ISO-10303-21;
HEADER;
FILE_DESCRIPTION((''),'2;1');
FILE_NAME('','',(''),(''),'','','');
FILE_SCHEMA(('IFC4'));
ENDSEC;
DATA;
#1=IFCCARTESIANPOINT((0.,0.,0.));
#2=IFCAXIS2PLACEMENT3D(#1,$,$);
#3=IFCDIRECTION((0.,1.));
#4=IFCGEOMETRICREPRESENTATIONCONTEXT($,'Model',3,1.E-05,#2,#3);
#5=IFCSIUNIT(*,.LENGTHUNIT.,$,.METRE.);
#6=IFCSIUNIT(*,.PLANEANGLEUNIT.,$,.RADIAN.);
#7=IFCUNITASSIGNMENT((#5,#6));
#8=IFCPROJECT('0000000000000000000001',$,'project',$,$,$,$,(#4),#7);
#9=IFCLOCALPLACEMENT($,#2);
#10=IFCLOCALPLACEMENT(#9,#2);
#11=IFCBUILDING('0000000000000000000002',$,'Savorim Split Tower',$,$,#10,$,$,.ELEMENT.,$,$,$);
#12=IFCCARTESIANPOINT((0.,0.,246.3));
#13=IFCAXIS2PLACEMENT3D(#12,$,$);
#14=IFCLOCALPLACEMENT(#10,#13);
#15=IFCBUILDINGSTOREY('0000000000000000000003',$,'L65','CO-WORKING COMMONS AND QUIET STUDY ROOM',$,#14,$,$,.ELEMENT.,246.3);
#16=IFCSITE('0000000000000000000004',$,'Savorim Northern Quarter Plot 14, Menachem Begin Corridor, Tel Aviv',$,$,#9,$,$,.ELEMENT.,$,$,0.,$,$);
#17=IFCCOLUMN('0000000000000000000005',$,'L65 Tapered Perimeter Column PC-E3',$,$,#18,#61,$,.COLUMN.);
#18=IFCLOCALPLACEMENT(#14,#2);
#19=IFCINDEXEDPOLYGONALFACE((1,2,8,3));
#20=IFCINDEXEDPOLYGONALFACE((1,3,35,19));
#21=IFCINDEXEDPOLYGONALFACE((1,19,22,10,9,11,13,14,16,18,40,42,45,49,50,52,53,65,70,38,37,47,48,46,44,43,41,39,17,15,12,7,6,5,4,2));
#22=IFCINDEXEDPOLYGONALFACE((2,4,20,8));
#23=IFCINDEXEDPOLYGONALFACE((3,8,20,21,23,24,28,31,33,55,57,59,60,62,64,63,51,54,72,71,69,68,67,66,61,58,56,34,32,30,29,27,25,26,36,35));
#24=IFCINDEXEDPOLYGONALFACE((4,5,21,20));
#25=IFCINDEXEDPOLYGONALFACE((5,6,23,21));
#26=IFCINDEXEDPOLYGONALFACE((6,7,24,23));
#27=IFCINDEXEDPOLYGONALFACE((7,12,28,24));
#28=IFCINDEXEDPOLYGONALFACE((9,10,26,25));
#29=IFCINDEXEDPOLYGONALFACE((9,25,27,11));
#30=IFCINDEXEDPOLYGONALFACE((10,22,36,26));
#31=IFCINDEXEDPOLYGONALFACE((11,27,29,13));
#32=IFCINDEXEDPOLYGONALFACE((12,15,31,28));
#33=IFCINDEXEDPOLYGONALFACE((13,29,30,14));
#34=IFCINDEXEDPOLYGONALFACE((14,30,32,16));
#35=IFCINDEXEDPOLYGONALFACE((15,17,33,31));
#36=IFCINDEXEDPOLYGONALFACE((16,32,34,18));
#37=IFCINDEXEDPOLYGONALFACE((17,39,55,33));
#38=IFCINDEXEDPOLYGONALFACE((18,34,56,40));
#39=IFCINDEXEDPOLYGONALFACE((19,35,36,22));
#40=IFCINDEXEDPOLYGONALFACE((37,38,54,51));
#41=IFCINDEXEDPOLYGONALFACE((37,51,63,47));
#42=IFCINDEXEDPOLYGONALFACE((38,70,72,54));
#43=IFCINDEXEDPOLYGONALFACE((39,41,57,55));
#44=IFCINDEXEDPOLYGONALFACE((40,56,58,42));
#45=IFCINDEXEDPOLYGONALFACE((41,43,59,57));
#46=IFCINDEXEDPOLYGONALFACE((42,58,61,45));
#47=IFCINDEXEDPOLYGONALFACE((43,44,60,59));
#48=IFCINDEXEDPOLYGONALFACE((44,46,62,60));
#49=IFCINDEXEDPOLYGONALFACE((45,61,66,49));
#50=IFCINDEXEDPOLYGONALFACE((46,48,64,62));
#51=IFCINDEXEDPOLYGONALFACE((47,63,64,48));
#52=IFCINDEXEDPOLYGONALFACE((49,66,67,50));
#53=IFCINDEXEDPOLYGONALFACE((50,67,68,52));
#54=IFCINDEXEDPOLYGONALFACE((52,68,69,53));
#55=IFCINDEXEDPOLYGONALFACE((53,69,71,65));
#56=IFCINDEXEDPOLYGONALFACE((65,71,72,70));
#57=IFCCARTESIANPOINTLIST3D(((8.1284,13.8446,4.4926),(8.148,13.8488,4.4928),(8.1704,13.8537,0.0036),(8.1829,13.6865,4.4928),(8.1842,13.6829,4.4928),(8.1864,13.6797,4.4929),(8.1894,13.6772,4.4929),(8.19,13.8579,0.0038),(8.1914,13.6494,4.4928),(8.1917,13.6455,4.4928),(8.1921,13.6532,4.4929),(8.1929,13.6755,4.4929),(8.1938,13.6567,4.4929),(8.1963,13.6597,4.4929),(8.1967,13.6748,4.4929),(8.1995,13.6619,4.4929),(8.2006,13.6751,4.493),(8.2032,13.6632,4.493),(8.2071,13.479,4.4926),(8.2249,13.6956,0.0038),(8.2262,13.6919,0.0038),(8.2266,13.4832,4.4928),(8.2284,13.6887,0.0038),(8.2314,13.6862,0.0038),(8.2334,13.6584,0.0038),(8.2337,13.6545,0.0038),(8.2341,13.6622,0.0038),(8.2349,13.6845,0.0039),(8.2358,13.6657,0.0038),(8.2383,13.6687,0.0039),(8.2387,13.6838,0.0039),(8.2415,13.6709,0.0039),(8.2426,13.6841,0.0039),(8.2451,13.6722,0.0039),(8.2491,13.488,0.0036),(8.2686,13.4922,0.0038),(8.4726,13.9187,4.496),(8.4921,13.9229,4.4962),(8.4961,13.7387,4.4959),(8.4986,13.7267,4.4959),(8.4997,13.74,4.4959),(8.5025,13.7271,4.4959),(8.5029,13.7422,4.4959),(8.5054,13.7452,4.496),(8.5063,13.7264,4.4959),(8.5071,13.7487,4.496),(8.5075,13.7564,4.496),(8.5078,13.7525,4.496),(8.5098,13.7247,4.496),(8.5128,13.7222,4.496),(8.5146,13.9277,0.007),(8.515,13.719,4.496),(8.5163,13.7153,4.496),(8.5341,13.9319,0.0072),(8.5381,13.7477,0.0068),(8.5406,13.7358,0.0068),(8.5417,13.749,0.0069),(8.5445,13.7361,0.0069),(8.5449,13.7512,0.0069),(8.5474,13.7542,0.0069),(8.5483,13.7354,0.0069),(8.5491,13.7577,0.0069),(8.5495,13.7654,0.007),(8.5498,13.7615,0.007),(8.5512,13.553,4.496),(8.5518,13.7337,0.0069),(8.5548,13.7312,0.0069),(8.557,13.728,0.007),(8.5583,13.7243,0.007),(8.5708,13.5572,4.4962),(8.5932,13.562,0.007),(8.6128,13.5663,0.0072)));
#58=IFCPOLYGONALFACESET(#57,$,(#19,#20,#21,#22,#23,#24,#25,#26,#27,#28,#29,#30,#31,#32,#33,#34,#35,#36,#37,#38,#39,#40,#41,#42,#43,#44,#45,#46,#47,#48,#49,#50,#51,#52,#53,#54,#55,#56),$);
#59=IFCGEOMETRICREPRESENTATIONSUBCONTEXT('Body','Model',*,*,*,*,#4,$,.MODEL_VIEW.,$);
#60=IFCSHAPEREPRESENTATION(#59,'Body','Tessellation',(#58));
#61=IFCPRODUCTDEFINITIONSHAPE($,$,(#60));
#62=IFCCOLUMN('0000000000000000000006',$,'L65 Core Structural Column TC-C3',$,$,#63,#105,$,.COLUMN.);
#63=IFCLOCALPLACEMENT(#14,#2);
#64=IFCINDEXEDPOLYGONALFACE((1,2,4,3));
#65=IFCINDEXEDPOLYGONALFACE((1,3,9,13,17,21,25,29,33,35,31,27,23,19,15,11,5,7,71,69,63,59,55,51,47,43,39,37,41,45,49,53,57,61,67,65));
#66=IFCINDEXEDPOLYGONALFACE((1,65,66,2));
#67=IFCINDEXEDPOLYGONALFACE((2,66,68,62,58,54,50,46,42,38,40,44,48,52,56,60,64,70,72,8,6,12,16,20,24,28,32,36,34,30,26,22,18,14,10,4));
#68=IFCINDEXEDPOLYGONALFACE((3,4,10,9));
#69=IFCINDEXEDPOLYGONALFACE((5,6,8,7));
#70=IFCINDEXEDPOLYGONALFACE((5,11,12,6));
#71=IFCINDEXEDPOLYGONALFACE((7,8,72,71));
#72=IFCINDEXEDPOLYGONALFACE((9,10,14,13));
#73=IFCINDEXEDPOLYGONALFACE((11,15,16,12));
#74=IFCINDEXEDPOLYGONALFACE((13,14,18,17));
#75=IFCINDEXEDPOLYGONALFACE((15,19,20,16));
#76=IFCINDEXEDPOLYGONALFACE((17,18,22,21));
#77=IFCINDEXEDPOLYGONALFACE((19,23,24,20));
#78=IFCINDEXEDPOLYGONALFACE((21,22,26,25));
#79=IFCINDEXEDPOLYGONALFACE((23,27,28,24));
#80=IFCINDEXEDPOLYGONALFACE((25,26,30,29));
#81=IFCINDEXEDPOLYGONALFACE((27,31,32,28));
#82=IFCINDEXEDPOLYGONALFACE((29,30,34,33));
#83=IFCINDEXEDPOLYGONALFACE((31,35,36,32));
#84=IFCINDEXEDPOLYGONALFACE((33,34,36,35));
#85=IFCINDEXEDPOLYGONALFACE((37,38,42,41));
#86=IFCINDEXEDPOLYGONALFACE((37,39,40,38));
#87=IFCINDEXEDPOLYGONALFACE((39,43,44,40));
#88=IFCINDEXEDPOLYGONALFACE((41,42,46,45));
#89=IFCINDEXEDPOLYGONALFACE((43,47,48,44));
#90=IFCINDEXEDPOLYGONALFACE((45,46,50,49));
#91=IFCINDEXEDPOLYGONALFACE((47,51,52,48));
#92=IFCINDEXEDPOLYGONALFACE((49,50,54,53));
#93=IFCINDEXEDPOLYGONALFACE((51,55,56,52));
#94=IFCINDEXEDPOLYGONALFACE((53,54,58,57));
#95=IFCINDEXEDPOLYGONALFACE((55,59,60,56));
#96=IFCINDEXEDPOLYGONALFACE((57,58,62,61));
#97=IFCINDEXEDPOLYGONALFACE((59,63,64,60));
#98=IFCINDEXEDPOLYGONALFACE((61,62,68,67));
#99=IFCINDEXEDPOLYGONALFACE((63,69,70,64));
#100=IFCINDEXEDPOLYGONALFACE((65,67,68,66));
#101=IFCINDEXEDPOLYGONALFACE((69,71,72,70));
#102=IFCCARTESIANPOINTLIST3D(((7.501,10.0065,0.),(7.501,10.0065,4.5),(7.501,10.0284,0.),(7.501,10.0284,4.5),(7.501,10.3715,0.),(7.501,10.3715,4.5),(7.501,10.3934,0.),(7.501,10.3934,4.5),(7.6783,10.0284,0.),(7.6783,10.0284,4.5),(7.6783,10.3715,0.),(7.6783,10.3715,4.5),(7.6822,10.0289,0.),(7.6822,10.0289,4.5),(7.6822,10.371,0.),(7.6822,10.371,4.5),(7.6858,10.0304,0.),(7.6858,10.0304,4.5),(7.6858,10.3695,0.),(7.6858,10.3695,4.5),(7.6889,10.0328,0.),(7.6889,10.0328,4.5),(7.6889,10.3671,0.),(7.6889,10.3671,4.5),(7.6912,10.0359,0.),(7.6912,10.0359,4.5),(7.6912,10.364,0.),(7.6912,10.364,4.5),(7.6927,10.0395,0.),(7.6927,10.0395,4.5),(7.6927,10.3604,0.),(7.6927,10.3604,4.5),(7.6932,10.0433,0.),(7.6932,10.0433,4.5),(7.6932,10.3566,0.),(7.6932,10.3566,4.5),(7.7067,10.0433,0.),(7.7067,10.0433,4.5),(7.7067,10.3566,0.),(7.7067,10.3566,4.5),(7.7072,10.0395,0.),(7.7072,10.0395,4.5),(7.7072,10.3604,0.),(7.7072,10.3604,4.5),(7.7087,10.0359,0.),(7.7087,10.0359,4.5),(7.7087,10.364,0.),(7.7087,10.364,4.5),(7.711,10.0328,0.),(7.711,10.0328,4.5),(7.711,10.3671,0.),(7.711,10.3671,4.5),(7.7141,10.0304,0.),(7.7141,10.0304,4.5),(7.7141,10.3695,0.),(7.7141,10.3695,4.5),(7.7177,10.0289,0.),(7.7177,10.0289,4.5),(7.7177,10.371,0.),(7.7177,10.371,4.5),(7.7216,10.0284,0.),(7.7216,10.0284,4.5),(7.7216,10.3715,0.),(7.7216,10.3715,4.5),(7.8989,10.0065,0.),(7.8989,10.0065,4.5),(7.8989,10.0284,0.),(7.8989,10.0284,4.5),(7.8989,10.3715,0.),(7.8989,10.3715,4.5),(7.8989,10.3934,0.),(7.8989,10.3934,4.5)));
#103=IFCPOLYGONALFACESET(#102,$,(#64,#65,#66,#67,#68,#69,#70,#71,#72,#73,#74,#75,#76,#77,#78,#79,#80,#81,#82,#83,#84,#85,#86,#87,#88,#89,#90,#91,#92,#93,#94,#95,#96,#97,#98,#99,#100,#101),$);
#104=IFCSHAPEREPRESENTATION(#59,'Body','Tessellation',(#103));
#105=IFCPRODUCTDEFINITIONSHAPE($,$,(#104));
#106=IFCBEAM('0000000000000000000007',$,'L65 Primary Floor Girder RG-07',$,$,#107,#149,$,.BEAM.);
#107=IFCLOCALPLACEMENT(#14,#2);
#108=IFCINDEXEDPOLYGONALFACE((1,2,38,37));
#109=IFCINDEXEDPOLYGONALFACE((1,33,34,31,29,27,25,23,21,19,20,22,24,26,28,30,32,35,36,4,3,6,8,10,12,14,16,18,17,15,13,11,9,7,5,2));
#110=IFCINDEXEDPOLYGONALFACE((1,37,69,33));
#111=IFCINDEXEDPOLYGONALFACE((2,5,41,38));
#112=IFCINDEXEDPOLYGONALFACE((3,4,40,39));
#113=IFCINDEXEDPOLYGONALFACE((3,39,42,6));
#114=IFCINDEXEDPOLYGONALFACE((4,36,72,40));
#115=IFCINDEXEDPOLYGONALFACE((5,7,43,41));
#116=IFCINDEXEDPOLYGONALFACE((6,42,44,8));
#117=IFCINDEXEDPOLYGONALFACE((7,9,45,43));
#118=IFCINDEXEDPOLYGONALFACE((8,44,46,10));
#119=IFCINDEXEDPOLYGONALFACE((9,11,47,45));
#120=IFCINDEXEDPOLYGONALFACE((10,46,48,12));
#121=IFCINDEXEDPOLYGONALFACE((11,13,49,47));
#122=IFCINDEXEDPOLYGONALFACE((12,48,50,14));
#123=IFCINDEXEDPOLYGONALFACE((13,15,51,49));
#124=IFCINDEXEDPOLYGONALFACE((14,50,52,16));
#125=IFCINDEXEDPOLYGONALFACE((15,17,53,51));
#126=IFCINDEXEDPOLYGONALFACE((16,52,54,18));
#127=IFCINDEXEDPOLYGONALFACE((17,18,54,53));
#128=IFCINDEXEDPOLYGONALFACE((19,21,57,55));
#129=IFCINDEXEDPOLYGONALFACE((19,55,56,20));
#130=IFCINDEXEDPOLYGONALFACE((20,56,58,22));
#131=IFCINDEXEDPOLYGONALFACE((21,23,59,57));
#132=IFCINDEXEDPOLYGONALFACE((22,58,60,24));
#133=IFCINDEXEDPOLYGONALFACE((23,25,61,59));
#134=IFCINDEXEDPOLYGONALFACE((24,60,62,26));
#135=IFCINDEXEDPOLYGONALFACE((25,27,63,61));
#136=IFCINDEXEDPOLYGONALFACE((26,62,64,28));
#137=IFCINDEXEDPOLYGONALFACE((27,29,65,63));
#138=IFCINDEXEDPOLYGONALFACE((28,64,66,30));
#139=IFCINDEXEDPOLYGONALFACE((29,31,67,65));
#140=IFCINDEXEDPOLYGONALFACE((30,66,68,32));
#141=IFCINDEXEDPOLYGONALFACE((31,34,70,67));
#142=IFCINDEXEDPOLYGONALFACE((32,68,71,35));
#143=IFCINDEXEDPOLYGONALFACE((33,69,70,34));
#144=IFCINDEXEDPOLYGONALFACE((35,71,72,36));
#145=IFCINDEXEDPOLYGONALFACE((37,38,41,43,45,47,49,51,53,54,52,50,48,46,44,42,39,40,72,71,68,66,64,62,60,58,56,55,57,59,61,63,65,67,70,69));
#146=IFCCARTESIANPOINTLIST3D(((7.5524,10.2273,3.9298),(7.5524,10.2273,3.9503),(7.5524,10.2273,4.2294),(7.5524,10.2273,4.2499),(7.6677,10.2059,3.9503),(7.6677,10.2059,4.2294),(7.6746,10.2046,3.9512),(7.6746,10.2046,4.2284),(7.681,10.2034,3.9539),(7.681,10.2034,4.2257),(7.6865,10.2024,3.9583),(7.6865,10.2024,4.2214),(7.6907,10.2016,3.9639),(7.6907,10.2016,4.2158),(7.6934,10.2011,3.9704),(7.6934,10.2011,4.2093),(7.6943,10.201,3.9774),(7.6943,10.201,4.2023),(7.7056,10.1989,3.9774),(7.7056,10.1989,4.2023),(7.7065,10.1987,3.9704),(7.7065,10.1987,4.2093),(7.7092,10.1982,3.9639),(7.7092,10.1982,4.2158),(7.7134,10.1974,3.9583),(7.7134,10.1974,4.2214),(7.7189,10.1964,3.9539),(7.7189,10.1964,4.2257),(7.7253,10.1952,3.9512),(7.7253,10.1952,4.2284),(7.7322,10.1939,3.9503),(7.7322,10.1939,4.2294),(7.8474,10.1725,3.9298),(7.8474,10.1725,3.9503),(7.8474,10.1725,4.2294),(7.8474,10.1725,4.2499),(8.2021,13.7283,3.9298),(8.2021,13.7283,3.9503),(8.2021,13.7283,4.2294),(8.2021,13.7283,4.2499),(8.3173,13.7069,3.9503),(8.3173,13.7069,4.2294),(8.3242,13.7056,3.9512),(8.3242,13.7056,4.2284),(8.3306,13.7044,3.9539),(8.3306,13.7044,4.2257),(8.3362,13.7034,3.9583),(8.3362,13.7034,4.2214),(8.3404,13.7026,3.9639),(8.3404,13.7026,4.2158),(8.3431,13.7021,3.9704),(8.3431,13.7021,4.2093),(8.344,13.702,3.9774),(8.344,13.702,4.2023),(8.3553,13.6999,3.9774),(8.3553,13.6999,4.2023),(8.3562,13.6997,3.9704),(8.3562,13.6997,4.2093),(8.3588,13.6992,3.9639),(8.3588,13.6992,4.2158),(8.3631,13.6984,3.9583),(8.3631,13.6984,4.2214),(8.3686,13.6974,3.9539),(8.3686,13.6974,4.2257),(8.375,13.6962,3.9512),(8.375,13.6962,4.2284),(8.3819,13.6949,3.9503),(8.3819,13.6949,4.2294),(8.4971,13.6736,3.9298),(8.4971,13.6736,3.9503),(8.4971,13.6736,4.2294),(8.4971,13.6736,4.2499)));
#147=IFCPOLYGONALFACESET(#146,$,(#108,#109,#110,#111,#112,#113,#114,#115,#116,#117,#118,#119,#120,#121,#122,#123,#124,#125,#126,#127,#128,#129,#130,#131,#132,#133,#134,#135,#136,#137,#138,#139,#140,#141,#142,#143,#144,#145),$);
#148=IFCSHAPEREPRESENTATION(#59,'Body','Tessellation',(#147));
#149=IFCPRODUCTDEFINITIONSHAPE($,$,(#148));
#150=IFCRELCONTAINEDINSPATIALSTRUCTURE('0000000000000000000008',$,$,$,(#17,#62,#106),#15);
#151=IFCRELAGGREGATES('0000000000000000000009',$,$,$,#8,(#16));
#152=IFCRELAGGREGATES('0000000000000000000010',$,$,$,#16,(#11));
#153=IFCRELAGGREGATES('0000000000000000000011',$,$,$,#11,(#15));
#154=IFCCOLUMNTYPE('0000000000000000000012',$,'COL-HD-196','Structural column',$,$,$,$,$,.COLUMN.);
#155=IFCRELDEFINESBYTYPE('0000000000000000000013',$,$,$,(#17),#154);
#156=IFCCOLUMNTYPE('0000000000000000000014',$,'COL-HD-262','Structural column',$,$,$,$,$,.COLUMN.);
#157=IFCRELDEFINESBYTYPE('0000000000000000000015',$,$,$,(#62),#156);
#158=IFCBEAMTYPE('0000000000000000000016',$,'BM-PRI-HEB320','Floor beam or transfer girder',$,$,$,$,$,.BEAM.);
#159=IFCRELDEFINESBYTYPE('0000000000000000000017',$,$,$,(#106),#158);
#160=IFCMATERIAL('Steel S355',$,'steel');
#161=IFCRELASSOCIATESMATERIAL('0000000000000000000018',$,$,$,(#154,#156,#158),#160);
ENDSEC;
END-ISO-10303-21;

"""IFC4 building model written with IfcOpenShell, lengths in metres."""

from ifc_helpers import new_model, si_unit, direction, frame, origin, origin_2d, place, context, subcontext, project, spatial, i_section, extrude, material, material_profile, profile_set, type_object, element, save


model = new_model("IFC4")

# Units and contexts
model_context = context("Model", 3, precision=1e-05, world=origin(), true_north=direction((0.0, 1.0)))
body_context = subcontext(model_context, "Body", "Model", "MODEL_VIEW")
ifc_project = project(units=[si_unit("LENGTHUNIT", "METRE"), si_unit("PLANEANGLEUNIT", "RADIAN")], contexts=[model_context])

# Site, building, storey
site_placement = place(None, origin())
site = spatial("IfcSite", under=ifc_project, at=site_placement, Name="Savorim Northern Quarter Plot 14, Menachem Begin Corridor, Tel Aviv", CompositionType="ELEMENT", RefElevation=0.0)
building_placement = place(site_placement, origin())
building = spatial("IfcBuilding", under=site, at=building_placement, Name="Savorim Split Tower", CompositionType="ELEMENT")
storey_placement = place(building_placement, frame((0.0, 0.0, 246.3)))
storey = spatial("IfcBuildingStorey", under=building, at=storey_placement, Name="L65", Description="CO-WORKING COMMONS AND QUIET STUDY ROOM", CompositionType="ELEMENT", Elevation=246.3)

# Columns
ifc_material_1 = material(Name="Steel S355", Category="steel")
ifc_material_profile_1 = material_profile(ifc_material_1, i_section(OverallWidth=0.374, OverallDepth=0.3721, WebThickness=0.0122, FlangeThickness=0.02, FilletRadius=0.0149, at=origin_2d()), Name="HD 360x196")
ifc_profile_set_1 = profile_set([ifc_material_profile_1], Name="Steel S355")
column_type_1 = type_object("IfcColumnType", Name="COL-HD-196", Description="Structural column", PredefinedType="COLUMN", material=ifc_profile_set_1)
column_1_placement = place(storey_placement, frame((8.3916, 13.71, 0.0054), z_axis=(-0.009354, -0.002012, 0.999954), x_axis=(0.210305, -0.977636, 0.0)))
element("IfcColumn", 1, at=column_1_placement, inside=storey, type_object=column_type_1, Name="L65 Tapered Perimeter Column PC-E3", PredefinedType="COLUMN", context=body_context, shape_type="SweptSolid", body=[
    extrude(i_section(OverallWidth=0.374, OverallDepth=0.3721, WebThickness=0.0122, FlangeThickness=0.02, FilletRadius=0.0149, at=origin_2d()), origin(), (0.0, 0.0, 1.0), 4.4893),
])
ifc_material_profile_2 = material_profile(ifc_material_1, i_section(OverallWidth=0.3979, OverallDepth=0.387, WebThickness=0.0134, FlangeThickness=0.022, FilletRadius=0.0149, at=origin_2d()), Name="HD 400x262")
ifc_profile_set_2 = profile_set([ifc_material_profile_2], Name="Steel S355")
column_type_2 = type_object("IfcColumnType", Name="COL-HD-262", Description="Structural column", PredefinedType="COLUMN", material=ifc_profile_set_2)
column_2_placement = place(storey_placement, frame((7.7, 10.2, 0.0), z_axis=(0.0, 0.0, 1.0), x_axis=(1.0, 0.0, 0.0)))
element("IfcColumn", 2, at=column_2_placement, inside=storey, type_object=column_type_2, Name="L65 Core Structural Column TC-C3", PredefinedType="COLUMN", context=body_context, shape_type="SweptSolid", body=[
    extrude(i_section(OverallWidth=0.3979, OverallDepth=0.387, WebThickness=0.0134, FlangeThickness=0.022, FilletRadius=0.0149, at=origin_2d()), origin(), (0.0, 0.0, 1.0), 4.5),
])

# Beam
ifc_material_profile_3 = material_profile(ifc_material_1, i_section(OverallWidth=0.3, OverallDepth=0.3201, WebThickness=0.0115, FlangeThickness=0.0205, FilletRadius=0.0271, at=origin_2d()), Name="HEB 320")
ifc_profile_set_3 = profile_set([ifc_material_profile_3], Name="Steel S355")
beam_type_1 = type_object("IfcBeamType", Name="BM-PRI-HEB320", Description="Floor beam or transfer girder", PredefinedType="BEAM", material=ifc_profile_set_3)
beam_1_placement = place(storey_placement, frame((8.3496, 13.7009, 4.0898), z_axis=(-0.18245, -0.983215, 0.0), x_axis=(0.983215, -0.18245, 0.0)))
element("IfcBeam", 3, at=beam_1_placement, inside=storey, type_object=beam_type_1, Name="L65 Primary Floor Girder RG-07", PredefinedType="BEAM", context=body_context, shape_type="SweptSolid", body=[
    extrude(i_section(OverallWidth=0.3, OverallDepth=0.3201, WebThickness=0.0115, FlangeThickness=0.0205, FilletRadius=0.0271, at=origin_2d()), origin(), (0.0, 0.0, 1.0), 3.5608),
])

save(model, "model.ifc")
